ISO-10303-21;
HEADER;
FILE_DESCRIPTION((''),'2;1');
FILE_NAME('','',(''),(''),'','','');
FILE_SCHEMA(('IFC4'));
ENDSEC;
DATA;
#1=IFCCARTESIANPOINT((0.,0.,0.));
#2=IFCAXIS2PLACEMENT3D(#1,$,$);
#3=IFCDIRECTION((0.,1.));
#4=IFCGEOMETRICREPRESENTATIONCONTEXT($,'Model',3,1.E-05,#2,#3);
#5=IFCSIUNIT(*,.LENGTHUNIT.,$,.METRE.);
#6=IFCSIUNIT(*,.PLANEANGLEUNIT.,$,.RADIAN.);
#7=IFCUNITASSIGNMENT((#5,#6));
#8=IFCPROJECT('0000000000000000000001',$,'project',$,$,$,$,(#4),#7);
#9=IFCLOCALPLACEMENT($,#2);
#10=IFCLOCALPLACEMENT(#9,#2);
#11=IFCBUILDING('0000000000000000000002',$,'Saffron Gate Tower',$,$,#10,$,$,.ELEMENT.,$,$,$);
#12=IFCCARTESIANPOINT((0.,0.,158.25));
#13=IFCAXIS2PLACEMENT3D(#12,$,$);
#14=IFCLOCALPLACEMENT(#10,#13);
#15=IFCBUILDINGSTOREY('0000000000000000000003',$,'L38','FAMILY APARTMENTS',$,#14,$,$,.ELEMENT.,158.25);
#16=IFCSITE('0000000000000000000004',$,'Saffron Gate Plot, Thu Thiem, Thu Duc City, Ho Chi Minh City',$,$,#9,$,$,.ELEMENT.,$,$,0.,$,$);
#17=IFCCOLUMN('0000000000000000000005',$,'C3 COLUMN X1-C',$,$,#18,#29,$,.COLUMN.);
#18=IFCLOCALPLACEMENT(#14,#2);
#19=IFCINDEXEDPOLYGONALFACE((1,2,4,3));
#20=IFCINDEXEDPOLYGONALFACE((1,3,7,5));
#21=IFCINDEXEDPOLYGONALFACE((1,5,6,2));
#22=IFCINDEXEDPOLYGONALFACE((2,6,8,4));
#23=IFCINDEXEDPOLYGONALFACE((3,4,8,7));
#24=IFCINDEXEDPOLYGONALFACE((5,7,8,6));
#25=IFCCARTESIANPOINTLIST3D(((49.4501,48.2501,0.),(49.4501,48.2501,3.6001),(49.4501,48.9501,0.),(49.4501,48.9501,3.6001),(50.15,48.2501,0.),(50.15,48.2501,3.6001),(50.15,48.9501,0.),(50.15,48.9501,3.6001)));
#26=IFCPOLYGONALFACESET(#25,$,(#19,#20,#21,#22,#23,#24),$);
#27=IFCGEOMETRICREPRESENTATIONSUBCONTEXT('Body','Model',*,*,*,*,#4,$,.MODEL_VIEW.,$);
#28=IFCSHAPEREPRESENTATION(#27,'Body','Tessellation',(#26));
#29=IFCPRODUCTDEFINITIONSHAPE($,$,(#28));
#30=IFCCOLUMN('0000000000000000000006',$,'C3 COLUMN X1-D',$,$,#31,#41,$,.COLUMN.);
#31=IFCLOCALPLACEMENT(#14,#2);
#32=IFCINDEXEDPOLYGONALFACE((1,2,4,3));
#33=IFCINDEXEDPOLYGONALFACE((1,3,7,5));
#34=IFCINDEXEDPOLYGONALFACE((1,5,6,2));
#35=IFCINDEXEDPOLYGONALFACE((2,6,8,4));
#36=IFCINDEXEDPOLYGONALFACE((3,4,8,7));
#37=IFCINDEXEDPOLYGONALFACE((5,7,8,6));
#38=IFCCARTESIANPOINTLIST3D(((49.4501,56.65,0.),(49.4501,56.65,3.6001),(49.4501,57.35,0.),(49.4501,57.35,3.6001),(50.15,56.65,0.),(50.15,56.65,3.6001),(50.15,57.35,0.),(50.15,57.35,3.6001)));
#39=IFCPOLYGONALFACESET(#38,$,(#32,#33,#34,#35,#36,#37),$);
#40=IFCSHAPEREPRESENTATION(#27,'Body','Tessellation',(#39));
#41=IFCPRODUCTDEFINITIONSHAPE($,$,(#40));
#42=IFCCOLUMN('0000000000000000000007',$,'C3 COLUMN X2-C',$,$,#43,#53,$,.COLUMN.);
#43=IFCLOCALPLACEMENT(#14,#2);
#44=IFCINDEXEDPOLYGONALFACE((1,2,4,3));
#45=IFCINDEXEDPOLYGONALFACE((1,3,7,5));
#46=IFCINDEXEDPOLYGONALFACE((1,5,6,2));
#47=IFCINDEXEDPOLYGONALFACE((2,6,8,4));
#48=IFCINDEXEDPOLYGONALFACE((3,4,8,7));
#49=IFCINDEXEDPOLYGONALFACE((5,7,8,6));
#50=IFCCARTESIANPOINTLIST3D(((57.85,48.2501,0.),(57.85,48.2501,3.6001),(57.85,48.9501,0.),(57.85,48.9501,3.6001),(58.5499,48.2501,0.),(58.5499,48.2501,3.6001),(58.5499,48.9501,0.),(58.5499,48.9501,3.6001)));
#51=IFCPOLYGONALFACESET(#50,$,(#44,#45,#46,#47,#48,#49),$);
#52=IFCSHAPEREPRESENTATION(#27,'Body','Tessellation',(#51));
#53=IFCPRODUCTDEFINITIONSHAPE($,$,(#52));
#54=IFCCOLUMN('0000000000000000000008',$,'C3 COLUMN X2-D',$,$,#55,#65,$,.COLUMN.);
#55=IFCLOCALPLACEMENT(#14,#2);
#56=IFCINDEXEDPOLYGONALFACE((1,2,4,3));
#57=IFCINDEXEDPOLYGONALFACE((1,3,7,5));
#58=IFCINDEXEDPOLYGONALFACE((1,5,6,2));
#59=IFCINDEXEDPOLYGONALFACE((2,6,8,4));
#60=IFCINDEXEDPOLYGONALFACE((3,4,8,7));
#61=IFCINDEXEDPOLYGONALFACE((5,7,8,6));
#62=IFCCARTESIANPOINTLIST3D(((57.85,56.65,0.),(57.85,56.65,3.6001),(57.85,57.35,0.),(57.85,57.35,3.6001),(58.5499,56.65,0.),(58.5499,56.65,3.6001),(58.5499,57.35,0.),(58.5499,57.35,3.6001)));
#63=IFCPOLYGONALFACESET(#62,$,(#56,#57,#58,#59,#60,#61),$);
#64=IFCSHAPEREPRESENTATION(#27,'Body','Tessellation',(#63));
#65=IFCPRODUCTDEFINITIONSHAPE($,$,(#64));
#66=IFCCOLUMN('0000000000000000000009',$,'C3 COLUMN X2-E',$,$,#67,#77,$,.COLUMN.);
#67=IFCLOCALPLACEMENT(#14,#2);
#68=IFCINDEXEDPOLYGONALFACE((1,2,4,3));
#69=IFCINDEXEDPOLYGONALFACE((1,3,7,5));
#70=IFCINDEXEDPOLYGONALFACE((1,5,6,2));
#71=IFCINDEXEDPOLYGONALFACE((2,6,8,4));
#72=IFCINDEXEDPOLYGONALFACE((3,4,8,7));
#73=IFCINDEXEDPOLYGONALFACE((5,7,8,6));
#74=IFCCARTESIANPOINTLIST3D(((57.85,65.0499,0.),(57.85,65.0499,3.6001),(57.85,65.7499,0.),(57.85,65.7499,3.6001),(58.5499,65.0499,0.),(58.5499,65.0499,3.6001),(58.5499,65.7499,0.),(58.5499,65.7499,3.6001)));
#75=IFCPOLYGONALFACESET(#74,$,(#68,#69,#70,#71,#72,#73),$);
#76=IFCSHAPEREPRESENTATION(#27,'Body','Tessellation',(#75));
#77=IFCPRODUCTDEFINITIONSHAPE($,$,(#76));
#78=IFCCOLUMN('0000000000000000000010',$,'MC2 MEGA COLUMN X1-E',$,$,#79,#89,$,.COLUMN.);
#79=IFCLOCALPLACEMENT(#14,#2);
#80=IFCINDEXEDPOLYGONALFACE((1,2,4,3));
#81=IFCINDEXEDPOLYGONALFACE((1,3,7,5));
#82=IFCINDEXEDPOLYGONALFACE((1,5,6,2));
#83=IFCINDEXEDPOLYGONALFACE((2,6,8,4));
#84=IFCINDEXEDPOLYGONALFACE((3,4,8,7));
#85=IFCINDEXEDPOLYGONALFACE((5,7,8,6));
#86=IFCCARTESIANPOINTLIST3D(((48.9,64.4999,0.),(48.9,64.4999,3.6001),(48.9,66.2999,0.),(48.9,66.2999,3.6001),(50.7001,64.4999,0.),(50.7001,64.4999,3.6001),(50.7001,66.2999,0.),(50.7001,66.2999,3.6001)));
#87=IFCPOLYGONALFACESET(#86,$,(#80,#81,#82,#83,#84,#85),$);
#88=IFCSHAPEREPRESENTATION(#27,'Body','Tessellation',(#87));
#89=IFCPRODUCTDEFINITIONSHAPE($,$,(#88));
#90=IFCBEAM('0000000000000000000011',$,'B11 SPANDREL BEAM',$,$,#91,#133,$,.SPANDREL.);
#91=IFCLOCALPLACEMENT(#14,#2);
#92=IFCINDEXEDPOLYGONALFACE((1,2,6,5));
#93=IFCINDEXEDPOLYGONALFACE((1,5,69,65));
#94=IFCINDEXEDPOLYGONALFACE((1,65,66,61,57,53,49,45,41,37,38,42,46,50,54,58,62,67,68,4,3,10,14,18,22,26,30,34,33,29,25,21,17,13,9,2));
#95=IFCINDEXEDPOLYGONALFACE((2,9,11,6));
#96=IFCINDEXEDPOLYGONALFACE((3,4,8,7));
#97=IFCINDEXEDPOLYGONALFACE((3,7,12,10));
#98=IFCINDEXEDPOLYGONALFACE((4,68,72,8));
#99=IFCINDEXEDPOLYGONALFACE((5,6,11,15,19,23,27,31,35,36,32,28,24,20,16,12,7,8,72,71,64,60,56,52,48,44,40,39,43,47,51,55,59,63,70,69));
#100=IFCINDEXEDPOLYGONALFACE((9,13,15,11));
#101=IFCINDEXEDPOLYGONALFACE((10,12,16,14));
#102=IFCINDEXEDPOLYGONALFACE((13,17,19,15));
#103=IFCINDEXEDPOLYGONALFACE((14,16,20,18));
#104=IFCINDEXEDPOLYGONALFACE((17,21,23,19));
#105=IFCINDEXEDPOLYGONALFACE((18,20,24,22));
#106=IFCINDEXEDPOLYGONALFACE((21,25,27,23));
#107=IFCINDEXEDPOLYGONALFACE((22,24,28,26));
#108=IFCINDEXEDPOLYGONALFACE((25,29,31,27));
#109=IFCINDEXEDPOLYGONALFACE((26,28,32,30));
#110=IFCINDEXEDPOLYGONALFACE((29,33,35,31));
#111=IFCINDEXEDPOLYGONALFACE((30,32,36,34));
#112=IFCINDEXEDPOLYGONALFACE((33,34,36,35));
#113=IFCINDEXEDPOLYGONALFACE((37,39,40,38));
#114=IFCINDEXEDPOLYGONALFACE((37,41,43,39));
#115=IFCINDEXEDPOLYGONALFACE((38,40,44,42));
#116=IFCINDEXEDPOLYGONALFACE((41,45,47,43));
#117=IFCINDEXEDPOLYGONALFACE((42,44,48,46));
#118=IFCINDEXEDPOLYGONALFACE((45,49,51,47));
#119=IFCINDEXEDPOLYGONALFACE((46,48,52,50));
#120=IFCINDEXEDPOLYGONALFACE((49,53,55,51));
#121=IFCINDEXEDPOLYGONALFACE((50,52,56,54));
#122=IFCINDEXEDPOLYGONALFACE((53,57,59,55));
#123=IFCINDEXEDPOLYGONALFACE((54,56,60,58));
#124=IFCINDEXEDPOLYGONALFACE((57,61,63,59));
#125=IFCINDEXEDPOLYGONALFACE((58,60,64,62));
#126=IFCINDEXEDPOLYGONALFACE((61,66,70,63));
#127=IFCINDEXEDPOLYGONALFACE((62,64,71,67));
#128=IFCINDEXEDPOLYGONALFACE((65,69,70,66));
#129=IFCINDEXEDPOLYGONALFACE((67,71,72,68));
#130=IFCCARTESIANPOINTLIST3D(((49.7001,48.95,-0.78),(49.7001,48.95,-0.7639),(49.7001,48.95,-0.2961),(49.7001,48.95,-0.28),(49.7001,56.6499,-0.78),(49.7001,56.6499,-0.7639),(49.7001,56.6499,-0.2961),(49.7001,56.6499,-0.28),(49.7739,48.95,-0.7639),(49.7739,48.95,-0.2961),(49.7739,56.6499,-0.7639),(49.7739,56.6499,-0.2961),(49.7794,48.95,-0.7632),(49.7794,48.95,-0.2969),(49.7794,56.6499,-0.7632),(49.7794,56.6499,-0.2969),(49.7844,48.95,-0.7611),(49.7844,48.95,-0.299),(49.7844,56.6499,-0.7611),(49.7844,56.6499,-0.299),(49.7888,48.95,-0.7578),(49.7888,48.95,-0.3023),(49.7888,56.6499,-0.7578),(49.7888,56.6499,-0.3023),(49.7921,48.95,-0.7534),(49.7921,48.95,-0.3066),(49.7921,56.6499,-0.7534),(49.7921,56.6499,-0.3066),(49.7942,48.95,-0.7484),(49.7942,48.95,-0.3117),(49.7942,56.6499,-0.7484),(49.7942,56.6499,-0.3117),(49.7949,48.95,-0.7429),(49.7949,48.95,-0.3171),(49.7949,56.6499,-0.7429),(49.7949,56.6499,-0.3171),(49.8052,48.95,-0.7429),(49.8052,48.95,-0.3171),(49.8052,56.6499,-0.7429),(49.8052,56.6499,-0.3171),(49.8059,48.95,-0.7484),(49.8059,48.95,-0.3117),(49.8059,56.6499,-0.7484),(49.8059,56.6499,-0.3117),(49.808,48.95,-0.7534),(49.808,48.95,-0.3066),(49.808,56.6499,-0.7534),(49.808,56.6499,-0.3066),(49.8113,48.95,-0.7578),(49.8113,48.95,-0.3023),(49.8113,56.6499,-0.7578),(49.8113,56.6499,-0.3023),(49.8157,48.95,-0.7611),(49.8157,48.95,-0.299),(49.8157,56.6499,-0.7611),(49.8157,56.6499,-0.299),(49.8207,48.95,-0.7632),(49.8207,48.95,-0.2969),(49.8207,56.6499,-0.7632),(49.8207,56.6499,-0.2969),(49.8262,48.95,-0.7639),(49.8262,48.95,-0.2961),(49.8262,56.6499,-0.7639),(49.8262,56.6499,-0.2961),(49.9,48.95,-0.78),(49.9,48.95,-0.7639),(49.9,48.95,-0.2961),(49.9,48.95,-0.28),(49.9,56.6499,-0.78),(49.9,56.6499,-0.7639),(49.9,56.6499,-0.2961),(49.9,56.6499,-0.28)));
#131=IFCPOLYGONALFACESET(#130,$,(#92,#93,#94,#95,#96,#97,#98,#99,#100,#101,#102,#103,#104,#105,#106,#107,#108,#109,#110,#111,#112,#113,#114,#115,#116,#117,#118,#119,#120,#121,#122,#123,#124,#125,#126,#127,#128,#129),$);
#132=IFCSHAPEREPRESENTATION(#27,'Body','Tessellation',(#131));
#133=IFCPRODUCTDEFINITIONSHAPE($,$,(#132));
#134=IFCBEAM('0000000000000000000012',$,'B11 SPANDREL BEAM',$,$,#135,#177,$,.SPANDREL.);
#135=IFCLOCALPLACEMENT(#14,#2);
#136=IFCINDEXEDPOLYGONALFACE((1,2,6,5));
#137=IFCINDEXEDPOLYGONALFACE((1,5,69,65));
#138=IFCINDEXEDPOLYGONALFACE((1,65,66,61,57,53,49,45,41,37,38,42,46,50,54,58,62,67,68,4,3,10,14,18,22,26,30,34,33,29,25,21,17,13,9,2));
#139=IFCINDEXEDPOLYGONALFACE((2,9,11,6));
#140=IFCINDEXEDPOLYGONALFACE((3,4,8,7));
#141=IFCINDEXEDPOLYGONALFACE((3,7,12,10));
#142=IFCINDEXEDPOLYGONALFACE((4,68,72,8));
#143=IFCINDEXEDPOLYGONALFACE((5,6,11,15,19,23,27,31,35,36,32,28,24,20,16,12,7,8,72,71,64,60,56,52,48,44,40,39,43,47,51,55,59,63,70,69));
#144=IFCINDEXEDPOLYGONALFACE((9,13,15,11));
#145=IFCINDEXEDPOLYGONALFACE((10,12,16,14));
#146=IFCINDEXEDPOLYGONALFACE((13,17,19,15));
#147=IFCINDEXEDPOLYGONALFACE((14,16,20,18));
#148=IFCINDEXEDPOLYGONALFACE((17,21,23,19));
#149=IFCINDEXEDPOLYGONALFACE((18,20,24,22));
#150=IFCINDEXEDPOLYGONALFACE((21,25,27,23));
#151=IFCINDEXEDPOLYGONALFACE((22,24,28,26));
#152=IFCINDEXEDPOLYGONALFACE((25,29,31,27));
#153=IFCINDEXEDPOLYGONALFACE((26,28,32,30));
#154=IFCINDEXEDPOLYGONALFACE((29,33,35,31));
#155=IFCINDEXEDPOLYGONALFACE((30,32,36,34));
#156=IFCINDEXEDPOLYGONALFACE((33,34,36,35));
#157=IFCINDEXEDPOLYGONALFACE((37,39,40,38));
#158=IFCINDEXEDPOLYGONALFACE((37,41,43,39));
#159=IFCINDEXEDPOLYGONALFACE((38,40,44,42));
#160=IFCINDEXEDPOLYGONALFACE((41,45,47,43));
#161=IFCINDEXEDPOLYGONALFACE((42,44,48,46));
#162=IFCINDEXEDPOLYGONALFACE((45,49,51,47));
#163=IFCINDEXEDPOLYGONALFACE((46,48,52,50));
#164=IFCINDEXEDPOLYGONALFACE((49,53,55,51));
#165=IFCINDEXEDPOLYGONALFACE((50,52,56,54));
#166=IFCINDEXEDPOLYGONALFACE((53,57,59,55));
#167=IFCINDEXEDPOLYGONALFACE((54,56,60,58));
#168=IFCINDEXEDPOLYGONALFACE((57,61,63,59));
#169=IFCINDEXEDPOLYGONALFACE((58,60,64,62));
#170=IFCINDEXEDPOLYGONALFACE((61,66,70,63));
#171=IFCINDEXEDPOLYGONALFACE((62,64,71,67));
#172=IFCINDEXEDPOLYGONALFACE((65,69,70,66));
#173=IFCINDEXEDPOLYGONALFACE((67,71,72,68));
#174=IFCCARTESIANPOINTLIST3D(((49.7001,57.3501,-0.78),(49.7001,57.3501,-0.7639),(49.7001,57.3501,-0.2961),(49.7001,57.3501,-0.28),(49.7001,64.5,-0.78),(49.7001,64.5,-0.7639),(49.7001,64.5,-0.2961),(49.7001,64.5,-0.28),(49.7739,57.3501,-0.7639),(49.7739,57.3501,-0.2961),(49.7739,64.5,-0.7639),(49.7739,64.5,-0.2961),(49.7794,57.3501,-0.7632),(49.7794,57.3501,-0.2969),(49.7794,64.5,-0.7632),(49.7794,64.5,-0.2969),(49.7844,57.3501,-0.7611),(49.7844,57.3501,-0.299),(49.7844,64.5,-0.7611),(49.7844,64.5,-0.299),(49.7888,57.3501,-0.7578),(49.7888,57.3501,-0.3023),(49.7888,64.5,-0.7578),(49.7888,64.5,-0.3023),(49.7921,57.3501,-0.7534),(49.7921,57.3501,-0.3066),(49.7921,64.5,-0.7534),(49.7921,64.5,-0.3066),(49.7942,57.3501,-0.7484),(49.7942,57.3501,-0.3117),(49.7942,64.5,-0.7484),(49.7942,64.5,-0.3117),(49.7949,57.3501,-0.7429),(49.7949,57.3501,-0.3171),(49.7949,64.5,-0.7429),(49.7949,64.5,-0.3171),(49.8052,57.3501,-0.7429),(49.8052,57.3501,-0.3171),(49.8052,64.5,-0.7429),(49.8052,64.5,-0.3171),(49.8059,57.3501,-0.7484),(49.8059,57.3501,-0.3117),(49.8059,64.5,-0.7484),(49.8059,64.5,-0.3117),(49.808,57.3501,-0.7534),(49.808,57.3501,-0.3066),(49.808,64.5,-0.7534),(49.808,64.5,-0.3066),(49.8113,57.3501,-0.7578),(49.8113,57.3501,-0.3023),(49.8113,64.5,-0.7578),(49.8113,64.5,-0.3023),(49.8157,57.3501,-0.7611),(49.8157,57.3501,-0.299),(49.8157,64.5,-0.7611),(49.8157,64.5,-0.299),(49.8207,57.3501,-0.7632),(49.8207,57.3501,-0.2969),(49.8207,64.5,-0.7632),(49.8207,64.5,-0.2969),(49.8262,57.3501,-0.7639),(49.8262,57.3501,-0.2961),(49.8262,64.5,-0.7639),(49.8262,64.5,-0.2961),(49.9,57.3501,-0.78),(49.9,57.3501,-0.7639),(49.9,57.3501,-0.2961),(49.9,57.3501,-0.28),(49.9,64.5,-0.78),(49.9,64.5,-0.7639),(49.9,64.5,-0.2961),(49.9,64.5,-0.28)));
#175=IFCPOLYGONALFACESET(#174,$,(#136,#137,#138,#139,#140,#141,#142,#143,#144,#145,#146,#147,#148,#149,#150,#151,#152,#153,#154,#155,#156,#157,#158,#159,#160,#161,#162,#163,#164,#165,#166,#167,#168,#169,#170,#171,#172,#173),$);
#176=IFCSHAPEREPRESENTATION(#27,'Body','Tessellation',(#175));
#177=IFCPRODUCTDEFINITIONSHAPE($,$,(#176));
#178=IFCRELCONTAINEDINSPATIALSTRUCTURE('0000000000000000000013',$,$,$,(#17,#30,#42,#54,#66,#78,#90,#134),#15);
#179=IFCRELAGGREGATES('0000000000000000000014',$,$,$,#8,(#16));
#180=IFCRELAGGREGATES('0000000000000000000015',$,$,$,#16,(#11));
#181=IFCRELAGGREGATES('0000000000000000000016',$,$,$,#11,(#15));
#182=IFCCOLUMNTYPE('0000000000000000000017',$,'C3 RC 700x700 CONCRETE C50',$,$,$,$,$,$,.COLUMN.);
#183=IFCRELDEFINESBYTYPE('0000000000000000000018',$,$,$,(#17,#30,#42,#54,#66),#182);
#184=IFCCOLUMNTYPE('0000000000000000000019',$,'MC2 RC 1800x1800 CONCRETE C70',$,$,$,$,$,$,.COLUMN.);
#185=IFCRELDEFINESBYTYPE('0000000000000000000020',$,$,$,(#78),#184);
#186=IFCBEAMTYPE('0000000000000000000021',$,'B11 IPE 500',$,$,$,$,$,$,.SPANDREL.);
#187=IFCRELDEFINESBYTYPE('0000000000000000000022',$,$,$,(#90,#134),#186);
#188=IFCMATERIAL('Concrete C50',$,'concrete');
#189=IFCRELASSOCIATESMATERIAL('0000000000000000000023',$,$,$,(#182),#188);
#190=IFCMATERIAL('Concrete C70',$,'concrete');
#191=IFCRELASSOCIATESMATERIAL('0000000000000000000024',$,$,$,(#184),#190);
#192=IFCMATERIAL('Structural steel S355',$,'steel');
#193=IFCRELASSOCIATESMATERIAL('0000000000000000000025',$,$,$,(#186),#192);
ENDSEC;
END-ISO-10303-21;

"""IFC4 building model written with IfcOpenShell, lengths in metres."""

from ifc_helpers import new_model, si_unit, direction, frame, origin, origin_2d, place, context, subcontext, project, spatial, rectangle, i_section, extrude, material, material_profile, profile_set, type_object, element, save


model = new_model("IFC4")

# Units and contexts
model_context = context("Model", 3, precision=1e-05, world=origin(), true_north=direction((0.0, 1.0)))
body_context = subcontext(model_context, "Body", "Model", "MODEL_VIEW")
ifc_project = project(units=[si_unit("LENGTHUNIT", "METRE"), si_unit("PLANEANGLEUNIT", "RADIAN")], contexts=[model_context])

# Site, building, storey
site_placement = place(None, origin())
site = spatial("IfcSite", under=ifc_project, at=site_placement, Name="Saffron Gate Plot, Thu Thiem, Thu Duc City, Ho Chi Minh City", CompositionType="ELEMENT", RefElevation=0.0)
building_placement = place(site_placement, origin())
building = spatial("IfcBuilding", under=site, at=building_placement, Name="Saffron Gate Tower", CompositionType="ELEMENT")
storey_placement = place(building_placement, frame((0.0, 0.0, 158.25)))
storey = spatial("IfcBuildingStorey", under=building, at=storey_placement, Name="L38", Description="FAMILY APARTMENTS", CompositionType="ELEMENT", Elevation=158.25)

# Columns
ifc_material_1 = material(Name="Concrete C50", Category="concrete")
ifc_material_profile_1 = material_profile(ifc_material_1, rectangle(XDim=0.7, YDim=0.7, at=origin_2d()))
ifc_profile_set_1 = profile_set([ifc_material_profile_1], Name="Concrete C50")
column_type_1 = type_object("IfcColumnType", Name="C3 RC 700x700 CONCRETE C50", PredefinedType="COLUMN", material=ifc_profile_set_1)
for number, where, z_axis, x_axis, name in (
    (1, (49.8, 48.6001, 0.0), (0.0, 0.0, 1.0), (1.0, 0.0, 0.0), "C3 COLUMN X1-C"),
    (2, (49.8, 57.0, 0.0), (0.0, 0.0, 1.0), (1.0, 0.0, 0.0), "C3 COLUMN X1-D"),
    (3, (58.2, 48.6001, 0.0), (0.0, 0.0, 1.0), (1.0, 0.0, 0.0), "C3 COLUMN X2-C"),
    (4, (58.2, 57.0, 0.0), (0.0, 0.0, 1.0), (1.0, 0.0, 0.0), "C3 COLUMN X2-D"),
    (5, (58.2, 65.3999, 0.0), (0.0, 0.0, 1.0), (1.0, 0.0, 0.0), "C3 COLUMN X2-E"),
):
    element("IfcColumn", number, at=place(storey_placement, frame(where, z_axis=z_axis, x_axis=x_axis)), inside=storey, type_object=column_type_1, Name=name, PredefinedType="COLUMN", context=body_context, shape_type="SweptSolid", body=[
        extrude(rectangle(XDim=0.7, YDim=0.7, at=origin_2d()), origin(), (0.0, 0.0, 1.0), 3.6001),
    ])
ifc_material_2 = material(Name="Concrete C70", Category="concrete")
ifc_material_profile_2 = material_profile(ifc_material_2, rectangle(XDim=1.8, YDim=1.8, at=origin_2d()))
ifc_profile_set_2 = profile_set([ifc_material_profile_2], Name="Concrete C70")
column_type_2 = type_object("IfcColumnType", Name="MC2 RC 1800x1800 CONCRETE C70", PredefinedType="COLUMN", material=ifc_profile_set_2)
column_placement = place(storey_placement, frame((49.8, 65.3999, 0.0), z_axis=(0.0, 0.0, 1.0), x_axis=(1.0, 0.0, 0.0)))
element("IfcColumn", 6, at=column_placement, inside=storey, type_object=column_type_2, Name="MC2 MEGA COLUMN X1-E", PredefinedType="COLUMN", context=body_context, shape_type="SweptSolid", body=[
    extrude(rectangle(XDim=1.8, YDim=1.8, at=origin_2d()), origin(), (0.0, 0.0, 1.0), 3.6001),
])

# Beams
ifc_material_3 = material(Name="Structural steel S355", Category="steel")
ifc_material_profile_3 = material_profile(ifc_material_3, i_section(OverallWidth=0.2, OverallDepth=0.5, WebThickness=0.0103, FlangeThickness=0.0161, FilletRadius=0.021, at=origin_2d()))
ifc_profile_set_3 = profile_set([ifc_material_profile_3], Name="Structural steel S355")
beam_type_1 = type_object("IfcBeamType", Name="B11 IPE 500", PredefinedType="SPANDREL", material=ifc_profile_set_3)
beam_1_placement = place(storey_placement, frame((49.8, 48.95, -0.53), z_axis=(0.0, 1.0, 0.0), x_axis=(-1.0, 0.0, 0.0)))
element("IfcBeam", 7, at=beam_1_placement, inside=storey, type_object=beam_type_1, Name="B11 SPANDREL BEAM", PredefinedType="SPANDREL", context=body_context, shape_type="SweptSolid", body=[
    extrude(i_section(OverallWidth=0.2, OverallDepth=0.5, WebThickness=0.0103, FlangeThickness=0.0161, FilletRadius=0.021, at=origin_2d()), origin(), (0.0, 0.0, 1.0), 7.7),
])
beam_2_placement = place(storey_placement, frame((49.8, 57.3501, -0.53), z_axis=(0.0, 1.0, 0.0), x_axis=(-1.0, 0.0, 0.0)))
element("IfcBeam", 8, at=beam_2_placement, inside=storey, type_object=beam_type_1, Name="B11 SPANDREL BEAM", PredefinedType="SPANDREL", context=body_context, shape_type="SweptSolid", body=[
    extrude(i_section(OverallWidth=0.2, OverallDepth=0.5, WebThickness=0.0103, FlangeThickness=0.0161, FilletRadius=0.021, at=origin_2d()), origin(), (0.0, 0.0, 1.0), 7.1499),
])

save(model, "model.ifc")
